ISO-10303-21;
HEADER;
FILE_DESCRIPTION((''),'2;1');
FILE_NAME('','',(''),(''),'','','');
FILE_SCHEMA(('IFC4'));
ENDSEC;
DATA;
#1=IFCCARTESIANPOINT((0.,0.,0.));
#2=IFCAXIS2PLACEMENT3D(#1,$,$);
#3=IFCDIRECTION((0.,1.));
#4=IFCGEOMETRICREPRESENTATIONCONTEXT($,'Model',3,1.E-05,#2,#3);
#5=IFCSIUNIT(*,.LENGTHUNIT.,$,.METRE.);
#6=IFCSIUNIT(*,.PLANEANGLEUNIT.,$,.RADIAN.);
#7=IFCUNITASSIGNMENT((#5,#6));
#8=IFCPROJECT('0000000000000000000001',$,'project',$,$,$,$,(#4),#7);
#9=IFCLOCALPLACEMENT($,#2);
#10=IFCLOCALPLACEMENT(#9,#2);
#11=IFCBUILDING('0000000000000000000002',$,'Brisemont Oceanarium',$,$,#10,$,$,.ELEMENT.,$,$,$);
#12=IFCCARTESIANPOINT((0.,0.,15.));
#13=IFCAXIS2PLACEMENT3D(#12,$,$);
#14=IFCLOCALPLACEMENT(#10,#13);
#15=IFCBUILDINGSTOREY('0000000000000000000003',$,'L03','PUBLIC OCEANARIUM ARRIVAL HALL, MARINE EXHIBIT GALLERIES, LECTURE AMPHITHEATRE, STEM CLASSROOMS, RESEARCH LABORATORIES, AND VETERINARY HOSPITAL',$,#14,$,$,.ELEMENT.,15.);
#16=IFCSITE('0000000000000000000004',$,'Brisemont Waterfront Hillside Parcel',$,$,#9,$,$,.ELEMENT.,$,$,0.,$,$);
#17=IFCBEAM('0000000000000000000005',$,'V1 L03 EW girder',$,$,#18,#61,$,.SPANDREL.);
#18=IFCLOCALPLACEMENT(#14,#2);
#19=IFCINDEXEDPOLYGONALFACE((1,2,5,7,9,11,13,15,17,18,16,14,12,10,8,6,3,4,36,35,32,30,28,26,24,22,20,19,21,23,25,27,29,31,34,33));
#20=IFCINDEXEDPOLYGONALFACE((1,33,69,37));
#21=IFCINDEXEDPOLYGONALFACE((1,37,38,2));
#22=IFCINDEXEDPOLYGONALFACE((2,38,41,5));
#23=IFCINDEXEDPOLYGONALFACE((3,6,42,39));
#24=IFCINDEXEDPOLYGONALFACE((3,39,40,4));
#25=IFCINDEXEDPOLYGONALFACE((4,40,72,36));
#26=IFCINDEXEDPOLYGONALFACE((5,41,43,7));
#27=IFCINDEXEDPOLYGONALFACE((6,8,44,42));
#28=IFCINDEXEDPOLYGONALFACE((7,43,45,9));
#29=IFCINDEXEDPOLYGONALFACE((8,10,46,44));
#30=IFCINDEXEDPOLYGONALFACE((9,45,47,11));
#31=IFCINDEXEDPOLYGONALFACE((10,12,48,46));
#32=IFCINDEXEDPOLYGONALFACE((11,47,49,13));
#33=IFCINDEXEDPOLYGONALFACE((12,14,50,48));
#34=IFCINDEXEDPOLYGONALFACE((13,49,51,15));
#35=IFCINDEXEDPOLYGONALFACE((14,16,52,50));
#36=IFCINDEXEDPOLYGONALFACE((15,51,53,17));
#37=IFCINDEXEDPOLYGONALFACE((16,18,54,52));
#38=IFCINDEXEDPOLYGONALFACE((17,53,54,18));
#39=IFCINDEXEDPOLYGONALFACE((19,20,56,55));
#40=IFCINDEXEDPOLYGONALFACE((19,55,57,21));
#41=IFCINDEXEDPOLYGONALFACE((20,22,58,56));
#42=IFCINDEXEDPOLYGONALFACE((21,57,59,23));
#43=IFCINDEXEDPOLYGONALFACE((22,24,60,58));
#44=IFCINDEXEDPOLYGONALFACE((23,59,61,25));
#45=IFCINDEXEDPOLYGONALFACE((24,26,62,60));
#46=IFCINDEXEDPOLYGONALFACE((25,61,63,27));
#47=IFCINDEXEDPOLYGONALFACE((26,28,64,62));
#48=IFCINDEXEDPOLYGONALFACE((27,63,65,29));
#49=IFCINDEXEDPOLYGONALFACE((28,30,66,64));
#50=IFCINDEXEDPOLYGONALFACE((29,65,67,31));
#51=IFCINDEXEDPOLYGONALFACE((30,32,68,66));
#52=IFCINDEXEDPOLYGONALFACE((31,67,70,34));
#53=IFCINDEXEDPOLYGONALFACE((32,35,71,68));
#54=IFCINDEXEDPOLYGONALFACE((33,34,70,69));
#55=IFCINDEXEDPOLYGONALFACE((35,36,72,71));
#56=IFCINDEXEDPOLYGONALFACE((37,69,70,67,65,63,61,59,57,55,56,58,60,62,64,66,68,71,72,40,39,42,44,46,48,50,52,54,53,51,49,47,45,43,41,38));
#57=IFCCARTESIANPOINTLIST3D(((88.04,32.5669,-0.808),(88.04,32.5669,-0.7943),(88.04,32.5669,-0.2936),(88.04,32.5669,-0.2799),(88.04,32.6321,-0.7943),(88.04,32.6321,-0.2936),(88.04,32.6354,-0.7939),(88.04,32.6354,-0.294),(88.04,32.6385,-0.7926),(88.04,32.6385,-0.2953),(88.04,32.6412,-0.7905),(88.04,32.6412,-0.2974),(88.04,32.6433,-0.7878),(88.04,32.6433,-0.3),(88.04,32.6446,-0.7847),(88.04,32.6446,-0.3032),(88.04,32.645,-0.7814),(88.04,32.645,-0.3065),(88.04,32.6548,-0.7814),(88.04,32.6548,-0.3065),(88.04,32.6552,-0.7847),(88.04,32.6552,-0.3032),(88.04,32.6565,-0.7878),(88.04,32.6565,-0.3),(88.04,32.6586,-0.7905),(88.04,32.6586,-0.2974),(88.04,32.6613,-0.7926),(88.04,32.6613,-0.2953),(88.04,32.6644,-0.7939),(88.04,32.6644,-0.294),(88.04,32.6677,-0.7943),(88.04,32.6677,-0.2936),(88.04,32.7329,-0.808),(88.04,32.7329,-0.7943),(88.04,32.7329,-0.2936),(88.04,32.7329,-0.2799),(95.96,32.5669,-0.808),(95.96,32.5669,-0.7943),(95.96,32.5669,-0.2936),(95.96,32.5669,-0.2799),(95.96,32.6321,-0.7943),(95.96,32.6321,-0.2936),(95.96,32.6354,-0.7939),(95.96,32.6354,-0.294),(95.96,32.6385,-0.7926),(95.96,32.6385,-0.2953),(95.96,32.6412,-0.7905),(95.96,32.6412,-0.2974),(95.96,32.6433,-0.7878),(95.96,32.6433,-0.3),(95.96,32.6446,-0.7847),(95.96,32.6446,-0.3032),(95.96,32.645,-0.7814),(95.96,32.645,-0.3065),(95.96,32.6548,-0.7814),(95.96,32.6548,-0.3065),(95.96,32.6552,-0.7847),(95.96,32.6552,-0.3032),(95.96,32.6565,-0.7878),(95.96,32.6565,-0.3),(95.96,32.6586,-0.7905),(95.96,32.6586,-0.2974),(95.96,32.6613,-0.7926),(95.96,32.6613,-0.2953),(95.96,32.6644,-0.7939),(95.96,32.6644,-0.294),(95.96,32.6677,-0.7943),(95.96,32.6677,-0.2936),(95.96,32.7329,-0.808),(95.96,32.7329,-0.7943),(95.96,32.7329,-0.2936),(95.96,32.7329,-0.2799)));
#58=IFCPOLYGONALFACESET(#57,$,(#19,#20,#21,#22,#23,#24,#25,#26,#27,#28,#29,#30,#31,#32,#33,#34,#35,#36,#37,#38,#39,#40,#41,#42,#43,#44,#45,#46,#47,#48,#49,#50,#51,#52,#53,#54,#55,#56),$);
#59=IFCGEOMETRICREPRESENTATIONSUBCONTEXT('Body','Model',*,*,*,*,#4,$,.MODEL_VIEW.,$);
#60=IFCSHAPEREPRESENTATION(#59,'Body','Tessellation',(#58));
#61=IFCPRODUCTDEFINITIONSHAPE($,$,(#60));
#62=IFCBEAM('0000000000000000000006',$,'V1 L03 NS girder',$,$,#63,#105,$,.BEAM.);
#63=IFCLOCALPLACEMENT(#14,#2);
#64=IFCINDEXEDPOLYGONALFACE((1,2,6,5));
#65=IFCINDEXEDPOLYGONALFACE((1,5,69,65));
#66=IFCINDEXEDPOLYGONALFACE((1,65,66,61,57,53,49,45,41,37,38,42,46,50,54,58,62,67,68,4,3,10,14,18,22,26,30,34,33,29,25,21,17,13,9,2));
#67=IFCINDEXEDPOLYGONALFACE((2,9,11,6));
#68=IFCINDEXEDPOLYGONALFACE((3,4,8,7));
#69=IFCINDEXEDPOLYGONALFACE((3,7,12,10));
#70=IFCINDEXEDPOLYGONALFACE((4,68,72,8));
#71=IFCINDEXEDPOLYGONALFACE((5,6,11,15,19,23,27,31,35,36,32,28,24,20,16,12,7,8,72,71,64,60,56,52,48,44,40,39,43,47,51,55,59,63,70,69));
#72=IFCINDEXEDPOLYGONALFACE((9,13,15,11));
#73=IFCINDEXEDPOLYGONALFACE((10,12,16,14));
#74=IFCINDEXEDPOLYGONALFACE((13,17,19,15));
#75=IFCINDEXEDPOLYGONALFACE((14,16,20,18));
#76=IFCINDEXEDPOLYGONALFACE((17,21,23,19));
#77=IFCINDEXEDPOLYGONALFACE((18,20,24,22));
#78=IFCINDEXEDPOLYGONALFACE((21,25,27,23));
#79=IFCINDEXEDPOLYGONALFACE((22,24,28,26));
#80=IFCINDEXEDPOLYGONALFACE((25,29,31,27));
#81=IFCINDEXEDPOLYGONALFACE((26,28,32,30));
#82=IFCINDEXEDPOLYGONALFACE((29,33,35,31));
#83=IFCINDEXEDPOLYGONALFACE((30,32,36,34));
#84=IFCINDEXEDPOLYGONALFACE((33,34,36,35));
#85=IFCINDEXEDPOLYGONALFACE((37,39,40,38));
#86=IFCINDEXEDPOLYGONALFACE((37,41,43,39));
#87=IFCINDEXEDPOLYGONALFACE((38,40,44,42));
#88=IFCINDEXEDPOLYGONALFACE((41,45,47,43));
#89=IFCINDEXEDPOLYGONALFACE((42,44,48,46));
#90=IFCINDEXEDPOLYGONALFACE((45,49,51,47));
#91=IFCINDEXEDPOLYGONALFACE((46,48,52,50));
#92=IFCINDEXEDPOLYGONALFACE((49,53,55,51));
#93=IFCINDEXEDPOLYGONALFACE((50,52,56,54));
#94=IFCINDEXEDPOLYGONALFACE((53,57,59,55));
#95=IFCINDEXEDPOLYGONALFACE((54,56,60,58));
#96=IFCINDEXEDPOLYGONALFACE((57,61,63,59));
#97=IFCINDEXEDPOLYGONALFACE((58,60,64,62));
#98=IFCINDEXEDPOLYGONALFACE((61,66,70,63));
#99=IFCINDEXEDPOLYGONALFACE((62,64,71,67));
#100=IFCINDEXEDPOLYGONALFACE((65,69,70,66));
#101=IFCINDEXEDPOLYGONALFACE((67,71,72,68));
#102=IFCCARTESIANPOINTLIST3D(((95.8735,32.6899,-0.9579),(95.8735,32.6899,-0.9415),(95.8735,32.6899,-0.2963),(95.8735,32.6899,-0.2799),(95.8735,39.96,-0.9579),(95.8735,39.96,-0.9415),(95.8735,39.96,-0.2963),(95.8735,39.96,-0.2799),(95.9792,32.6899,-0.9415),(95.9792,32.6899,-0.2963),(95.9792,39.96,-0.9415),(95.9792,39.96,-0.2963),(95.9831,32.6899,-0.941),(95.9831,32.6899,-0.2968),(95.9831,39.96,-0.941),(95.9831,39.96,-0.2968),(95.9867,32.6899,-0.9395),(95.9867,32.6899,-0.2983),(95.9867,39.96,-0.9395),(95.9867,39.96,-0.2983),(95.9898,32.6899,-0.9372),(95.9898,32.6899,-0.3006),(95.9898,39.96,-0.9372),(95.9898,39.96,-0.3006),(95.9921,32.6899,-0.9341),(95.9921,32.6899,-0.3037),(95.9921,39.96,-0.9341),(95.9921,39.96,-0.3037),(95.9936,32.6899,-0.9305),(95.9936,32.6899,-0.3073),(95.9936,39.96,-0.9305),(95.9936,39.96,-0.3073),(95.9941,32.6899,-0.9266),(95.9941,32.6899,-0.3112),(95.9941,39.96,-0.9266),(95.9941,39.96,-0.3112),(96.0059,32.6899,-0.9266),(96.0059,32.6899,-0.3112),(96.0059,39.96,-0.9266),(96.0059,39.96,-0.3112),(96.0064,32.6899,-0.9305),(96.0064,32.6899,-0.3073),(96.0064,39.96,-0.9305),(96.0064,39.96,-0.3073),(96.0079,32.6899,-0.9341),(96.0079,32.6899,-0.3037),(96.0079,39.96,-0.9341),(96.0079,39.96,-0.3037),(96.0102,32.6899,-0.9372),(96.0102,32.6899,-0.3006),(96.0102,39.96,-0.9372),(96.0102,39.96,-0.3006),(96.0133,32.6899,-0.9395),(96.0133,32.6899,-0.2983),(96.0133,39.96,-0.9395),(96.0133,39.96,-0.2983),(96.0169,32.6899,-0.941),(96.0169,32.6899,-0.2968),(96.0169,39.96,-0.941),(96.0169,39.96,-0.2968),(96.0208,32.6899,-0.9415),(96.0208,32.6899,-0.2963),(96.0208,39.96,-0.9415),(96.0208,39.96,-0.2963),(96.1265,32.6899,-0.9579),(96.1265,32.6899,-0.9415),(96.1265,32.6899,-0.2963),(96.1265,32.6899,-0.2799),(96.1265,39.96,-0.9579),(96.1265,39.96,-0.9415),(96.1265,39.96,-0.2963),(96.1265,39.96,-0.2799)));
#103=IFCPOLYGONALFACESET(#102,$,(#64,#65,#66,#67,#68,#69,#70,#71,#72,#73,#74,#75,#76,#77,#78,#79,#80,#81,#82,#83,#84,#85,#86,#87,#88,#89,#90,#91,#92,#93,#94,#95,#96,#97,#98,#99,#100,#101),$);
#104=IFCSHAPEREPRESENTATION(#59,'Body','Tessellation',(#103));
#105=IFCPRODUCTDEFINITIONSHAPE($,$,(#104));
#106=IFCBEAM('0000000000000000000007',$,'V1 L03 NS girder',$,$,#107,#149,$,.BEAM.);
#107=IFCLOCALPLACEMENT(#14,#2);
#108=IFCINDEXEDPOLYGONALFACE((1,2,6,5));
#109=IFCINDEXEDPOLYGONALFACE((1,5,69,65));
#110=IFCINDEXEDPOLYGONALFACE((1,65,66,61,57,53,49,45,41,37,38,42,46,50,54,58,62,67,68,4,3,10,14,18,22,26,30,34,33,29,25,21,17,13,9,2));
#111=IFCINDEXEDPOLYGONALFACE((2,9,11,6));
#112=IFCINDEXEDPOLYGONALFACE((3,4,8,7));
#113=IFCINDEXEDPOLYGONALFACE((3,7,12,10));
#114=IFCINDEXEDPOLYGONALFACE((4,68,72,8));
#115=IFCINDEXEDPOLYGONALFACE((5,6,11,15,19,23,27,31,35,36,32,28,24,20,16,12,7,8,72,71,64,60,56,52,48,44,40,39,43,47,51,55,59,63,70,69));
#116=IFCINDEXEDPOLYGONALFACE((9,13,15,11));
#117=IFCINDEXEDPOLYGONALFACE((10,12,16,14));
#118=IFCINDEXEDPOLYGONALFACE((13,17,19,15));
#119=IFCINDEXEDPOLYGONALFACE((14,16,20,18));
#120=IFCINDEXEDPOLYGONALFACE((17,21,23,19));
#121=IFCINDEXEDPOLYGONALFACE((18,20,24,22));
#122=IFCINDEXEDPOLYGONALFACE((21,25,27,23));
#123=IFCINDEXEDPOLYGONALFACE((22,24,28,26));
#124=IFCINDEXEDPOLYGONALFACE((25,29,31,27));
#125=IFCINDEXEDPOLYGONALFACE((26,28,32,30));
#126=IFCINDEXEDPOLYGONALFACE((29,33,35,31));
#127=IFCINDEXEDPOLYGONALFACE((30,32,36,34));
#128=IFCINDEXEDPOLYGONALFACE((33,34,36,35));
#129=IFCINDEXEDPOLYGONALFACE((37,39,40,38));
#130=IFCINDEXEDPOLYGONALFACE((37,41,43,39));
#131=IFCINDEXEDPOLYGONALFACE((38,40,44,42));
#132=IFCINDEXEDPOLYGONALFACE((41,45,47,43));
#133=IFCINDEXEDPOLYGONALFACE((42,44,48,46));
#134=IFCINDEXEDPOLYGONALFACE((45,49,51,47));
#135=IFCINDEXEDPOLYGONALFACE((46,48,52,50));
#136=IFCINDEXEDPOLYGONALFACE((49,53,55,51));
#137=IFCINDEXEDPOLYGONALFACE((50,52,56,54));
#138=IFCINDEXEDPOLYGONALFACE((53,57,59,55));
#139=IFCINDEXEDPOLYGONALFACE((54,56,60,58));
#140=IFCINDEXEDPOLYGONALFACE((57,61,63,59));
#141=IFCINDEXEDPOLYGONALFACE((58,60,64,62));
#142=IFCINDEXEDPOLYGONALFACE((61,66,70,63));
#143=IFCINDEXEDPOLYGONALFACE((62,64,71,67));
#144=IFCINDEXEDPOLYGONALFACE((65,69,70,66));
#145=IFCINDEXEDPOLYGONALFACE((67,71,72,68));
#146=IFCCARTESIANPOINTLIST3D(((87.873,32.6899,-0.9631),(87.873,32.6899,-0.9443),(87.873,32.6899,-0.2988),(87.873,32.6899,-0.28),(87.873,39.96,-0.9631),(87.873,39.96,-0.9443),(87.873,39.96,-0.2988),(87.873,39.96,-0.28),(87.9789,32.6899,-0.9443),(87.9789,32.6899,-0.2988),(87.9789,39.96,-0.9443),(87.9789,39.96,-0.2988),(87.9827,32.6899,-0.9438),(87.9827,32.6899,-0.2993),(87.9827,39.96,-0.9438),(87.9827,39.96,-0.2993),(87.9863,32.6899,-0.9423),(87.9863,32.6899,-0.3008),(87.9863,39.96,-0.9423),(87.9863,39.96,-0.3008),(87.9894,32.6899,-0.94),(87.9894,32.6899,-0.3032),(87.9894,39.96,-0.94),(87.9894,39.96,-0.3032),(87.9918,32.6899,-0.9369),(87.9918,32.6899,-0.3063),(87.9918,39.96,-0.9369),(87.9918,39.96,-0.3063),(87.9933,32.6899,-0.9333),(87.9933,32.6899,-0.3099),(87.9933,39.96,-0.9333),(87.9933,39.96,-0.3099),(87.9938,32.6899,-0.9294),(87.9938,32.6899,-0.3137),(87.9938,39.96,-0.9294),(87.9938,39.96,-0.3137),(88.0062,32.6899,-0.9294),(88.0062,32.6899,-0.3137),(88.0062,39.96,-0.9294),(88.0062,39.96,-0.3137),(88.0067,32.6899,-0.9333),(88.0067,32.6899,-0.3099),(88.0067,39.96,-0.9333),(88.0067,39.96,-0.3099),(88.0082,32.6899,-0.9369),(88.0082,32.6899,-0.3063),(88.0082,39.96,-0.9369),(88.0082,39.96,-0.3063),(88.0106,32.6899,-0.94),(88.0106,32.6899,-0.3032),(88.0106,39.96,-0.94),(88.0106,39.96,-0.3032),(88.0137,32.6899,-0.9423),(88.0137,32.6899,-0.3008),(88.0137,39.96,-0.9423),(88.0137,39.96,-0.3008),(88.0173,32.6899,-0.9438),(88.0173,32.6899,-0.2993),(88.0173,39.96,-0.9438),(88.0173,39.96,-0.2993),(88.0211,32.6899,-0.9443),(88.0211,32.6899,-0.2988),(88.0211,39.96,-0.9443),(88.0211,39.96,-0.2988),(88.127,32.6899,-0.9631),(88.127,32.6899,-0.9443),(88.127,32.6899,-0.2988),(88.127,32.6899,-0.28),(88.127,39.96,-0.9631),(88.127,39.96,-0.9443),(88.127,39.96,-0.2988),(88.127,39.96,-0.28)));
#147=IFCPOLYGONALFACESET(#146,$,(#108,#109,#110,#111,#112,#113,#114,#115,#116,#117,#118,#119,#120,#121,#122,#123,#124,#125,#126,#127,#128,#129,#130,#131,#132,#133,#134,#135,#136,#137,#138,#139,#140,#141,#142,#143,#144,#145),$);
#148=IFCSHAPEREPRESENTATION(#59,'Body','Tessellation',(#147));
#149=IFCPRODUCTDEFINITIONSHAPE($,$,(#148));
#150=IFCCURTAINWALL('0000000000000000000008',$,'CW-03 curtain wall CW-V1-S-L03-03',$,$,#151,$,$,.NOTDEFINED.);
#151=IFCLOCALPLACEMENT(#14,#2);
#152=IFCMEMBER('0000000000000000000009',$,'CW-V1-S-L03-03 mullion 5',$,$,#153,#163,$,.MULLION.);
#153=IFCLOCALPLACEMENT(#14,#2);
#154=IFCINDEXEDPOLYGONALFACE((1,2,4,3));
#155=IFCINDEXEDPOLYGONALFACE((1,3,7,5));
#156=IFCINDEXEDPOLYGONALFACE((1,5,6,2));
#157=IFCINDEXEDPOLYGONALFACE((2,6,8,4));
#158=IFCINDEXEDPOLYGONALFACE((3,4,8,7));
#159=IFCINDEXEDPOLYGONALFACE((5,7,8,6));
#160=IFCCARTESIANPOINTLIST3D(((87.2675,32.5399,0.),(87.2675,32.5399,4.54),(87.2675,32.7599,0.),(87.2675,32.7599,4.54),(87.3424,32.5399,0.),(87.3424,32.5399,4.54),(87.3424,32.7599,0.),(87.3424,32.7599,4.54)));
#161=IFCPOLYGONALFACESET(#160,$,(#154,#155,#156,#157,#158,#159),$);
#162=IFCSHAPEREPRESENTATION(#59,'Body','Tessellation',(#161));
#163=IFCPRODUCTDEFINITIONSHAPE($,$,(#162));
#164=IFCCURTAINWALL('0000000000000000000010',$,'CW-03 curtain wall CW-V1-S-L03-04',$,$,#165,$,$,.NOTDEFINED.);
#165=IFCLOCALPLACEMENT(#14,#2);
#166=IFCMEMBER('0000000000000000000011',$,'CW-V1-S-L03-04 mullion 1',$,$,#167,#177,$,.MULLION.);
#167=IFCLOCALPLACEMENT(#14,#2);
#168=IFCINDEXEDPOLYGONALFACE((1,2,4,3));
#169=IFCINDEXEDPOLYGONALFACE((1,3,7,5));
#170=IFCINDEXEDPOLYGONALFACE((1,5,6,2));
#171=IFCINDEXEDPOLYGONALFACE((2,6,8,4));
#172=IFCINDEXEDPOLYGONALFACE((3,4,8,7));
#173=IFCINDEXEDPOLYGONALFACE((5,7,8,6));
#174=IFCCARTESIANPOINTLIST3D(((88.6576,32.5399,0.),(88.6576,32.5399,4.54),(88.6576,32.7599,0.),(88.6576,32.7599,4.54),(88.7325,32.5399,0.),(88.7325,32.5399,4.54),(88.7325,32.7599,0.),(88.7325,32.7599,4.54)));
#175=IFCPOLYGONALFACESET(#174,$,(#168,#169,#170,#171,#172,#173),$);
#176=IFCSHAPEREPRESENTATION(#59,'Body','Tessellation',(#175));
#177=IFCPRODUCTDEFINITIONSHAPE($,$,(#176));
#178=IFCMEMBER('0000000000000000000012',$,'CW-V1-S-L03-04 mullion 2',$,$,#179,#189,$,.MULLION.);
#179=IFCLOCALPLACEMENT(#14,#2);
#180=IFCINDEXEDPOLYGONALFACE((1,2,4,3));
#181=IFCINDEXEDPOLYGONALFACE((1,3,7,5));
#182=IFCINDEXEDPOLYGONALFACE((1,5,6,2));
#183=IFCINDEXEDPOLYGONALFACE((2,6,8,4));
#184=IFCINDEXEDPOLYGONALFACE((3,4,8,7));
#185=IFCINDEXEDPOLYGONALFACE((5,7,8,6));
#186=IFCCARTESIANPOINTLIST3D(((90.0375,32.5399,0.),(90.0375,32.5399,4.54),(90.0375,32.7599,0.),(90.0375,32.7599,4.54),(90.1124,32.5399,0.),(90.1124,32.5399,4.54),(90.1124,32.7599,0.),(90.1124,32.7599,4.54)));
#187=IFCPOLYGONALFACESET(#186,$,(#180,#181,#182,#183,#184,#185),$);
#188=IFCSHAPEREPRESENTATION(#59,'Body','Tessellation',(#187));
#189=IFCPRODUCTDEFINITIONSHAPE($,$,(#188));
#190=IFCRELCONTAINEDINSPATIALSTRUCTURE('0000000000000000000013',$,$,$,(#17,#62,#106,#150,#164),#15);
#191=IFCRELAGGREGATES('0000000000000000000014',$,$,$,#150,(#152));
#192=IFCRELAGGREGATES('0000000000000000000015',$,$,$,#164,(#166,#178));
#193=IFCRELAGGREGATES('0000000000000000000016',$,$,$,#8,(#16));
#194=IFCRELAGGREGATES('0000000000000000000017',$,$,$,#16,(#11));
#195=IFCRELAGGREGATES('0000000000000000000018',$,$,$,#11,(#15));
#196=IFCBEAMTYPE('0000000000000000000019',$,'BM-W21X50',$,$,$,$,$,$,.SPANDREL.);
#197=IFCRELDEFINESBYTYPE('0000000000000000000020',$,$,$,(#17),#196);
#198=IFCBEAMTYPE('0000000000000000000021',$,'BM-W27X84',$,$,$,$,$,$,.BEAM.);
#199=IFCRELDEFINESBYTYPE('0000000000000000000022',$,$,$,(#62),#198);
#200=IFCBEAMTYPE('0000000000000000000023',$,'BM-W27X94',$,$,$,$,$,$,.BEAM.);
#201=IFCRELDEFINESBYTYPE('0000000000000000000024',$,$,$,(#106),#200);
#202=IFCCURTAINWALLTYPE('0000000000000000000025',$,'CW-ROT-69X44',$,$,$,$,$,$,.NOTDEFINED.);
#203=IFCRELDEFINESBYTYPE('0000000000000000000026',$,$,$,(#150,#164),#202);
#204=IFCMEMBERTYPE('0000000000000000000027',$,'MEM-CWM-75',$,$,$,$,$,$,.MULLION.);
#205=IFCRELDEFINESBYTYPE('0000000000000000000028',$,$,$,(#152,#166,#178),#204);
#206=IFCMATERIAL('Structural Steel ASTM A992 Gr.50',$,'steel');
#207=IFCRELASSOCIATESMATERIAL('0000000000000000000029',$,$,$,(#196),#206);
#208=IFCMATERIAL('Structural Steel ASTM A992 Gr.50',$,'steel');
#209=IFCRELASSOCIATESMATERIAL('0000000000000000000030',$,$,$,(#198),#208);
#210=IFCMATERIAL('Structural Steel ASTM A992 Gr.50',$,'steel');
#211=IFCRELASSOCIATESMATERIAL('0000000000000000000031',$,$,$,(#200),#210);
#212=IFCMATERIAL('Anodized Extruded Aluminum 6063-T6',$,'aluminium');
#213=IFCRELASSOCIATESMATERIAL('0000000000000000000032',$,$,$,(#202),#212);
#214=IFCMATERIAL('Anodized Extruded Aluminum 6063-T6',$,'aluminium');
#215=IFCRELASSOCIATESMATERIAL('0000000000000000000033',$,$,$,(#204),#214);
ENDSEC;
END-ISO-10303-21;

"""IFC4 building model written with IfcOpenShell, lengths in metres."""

from ifc_helpers import new_model, si_unit, direction, frame, origin, origin_2d, place, context, subcontext, project, spatial, rectangle, i_section, extrude, material, material_profile, profile_set, type_object, element, aggregate, save


model = new_model("IFC4")

# Units and contexts
model_context = context("Model", 3, precision=1e-05, world=origin(), true_north=direction((0.0, 1.0)))
body_context = subcontext(model_context, "Body", "Model", "MODEL_VIEW")
ifc_project = project(units=[si_unit("LENGTHUNIT", "METRE"), si_unit("PLANEANGLEUNIT", "RADIAN")], contexts=[model_context])

# Site, building, storey
site_placement = place(None, origin())
site = spatial("IfcSite", under=ifc_project, at=site_placement, Name="Brisemont Waterfront Hillside Parcel", CompositionType="ELEMENT", RefElevation=0.0)
building_placement = place(site_placement, origin())
building = spatial("IfcBuilding", under=site, at=building_placement, Name="Brisemont Oceanarium", CompositionType="ELEMENT")
storey_placement = place(building_placement, frame((0.0, 0.0, 15.0)))
storey = spatial("IfcBuildingStorey", under=building, at=storey_placement, Name="L03", Description="PUBLIC OCEANARIUM ARRIVAL HALL, MARINE EXHIBIT GALLERIES, LECTURE AMPHITHEATRE, STEM CLASSROOMS, RESEARCH LABORATORIES, AND VETERINARY HOSPITAL", CompositionType="ELEMENT", Elevation=15.0)

# Beams
ifc_material_1 = material(Name="Structural Steel ASTM A992 Gr.50", Category="steel")
ifc_material_profile_1 = material_profile(ifc_material_1, i_section(OverallWidth=0.166, OverallDepth=0.5281, WebThickness=0.0098, FlangeThickness=0.0137, FilletRadius=0.0129, at=origin_2d()), Name="W21X50")
ifc_profile_set_1 = profile_set([ifc_material_profile_1], Name="Structural Steel ASTM A992 Gr.50")
beam_type_1 = type_object("IfcBeamType", Name="BM-W21X50", PredefinedType="SPANDREL", material=ifc_profile_set_1)
beam_1_placement = place(storey_placement, frame((88.04, 32.6499, -0.5439), z_axis=(1.0, 0.0, 0.0), x_axis=(0.0, 1.0, 0.0)))
element("IfcBeam", 1, at=beam_1_placement, inside=storey, type_object=beam_type_1, Name="V1 L03 EW girder", PredefinedType="SPANDREL", context=body_context, shape_type="SweptSolid", body=[
    extrude(i_section(OverallWidth=0.166, OverallDepth=0.5281, WebThickness=0.0098, FlangeThickness=0.0137, FilletRadius=0.0129, at=origin_2d()), origin(), (0.0, 0.0, 1.0), 7.9199),
])
ifc_material_2 = material(Name="Structural Steel ASTM A992 Gr.50", Category="steel")
ifc_material_profile_2 = material_profile(ifc_material_2, i_section(OverallWidth=0.2529, OverallDepth=0.678, WebThickness=0.0117, FlangeThickness=0.0164, FilletRadius=0.0149, at=origin_2d()), Name="W27X84")
ifc_profile_set_2 = profile_set([ifc_material_profile_2], Name="Structural Steel ASTM A992 Gr.50")
beam_type_2 = type_object("IfcBeamType", Name="BM-W27X84", PredefinedType="BEAM", material=ifc_profile_set_2)
beam_2_placement = place(storey_placement, frame((96.0, 32.6899, -0.6189), z_axis=(0.0, 1.0, 0.0), x_axis=(-1.0, 0.0, 0.0)))
element("IfcBeam", 2, at=beam_2_placement, inside=storey, type_object=beam_type_2, Name="V1 L03 NS girder", PredefinedType="BEAM", context=body_context, shape_type="SweptSolid", body=[
    extrude(i_section(OverallWidth=0.2529, OverallDepth=0.678, WebThickness=0.0117, FlangeThickness=0.0164, FilletRadius=0.0149, at=origin_2d()), origin(), (0.0, 0.0, 1.0), 7.27),
])
ifc_material_3 = material(Name="Structural Steel ASTM A992 Gr.50", Category="steel")
ifc_material_profile_3 = material_profile(ifc_material_3, i_section(OverallWidth=0.2539, OverallDepth=0.6831, WebThickness=0.0125, FlangeThickness=0.0188, FilletRadius=0.0149, at=origin_2d()), Name="W27X94")
ifc_profile_set_3 = profile_set([ifc_material_profile_3], Name="Structural Steel ASTM A992 Gr.50")
beam_type_3 = type_object("IfcBeamType", Name="BM-W27X94", PredefinedType="BEAM", material=ifc_profile_set_3)
beam_3_placement = place(storey_placement, frame((88.0, 32.6899, -0.6216), z_axis=(0.0, 1.0, 0.0), x_axis=(-1.0, 0.0, 0.0)))
element("IfcBeam", 3, at=beam_3_placement, inside=storey, type_object=beam_type_3, Name="V1 L03 NS girder", PredefinedType="BEAM", context=body_context, shape_type="SweptSolid", body=[
    extrude(i_section(OverallWidth=0.2539, OverallDepth=0.6831, WebThickness=0.0125, FlangeThickness=0.0188, FilletRadius=0.0149, at=origin_2d()), origin(), (0.0, 0.0, 1.0), 7.27),
])

# Curtain wall, member
ifc_material_4 = material(Name="Anodized Extruded Aluminum 6063-T6", Category="aluminium")
curtain_wall_type = type_object("IfcCurtainWallType", Name="CW-ROT-69X44", PredefinedType="NOTDEFINED", material=ifc_material_4)
curtain_wall_1_placement = place(storey_placement, origin())
curtain_wall_1 = element("IfcCurtainWall", 4, at=curtain_wall_1_placement, inside=storey, type_object=curtain_wall_type, Name="CW-03 curtain wall CW-V1-S-L03-03", PredefinedType="NOTDEFINED")
ifc_material_5 = material(Name="Anodized Extruded Aluminum 6063-T6", Category="aluminium")
ifc_material_profile_4 = material_profile(ifc_material_5, rectangle(XDim=0.075, YDim=0.22, at=origin_2d()), Name="CWM-75X220")
ifc_profile_set_4 = profile_set([ifc_material_profile_4], Name="Anodized Extruded Aluminum 6063-T6")
member_type_1 = type_object("IfcMemberType", Name="MEM-CWM-75", PredefinedType="MULLION", material=ifc_profile_set_4)
member_1_placement = place(storey_placement, frame((87.3049, 32.6499, 0.0), z_axis=(0.0, 0.0, 1.0), x_axis=(1.0, 0.0, 0.0)))
member_1 = element("IfcMember", 5, at=member_1_placement, type_object=member_type_1, Name="CW-V1-S-L03-03 mullion 5", PredefinedType="MULLION", context=body_context, shape_type="SweptSolid", body=[
    extrude(rectangle(XDim=0.075, YDim=0.22, at=origin_2d()), origin(), (0.0, 0.0, 1.0), 4.54),
])

# Curtain wall, members
curtain_wall_2_placement = place(storey_placement, origin())
curtain_wall_2 = element("IfcCurtainWall", 6, at=curtain_wall_2_placement, inside=storey, type_object=curtain_wall_type, Name="CW-03 curtain wall CW-V1-S-L03-04", PredefinedType="NOTDEFINED")
member_2_placement = place(storey_placement, frame((88.6951, 32.6499, 0.0), z_axis=(0.0, 0.0, 1.0), x_axis=(1.0, 0.0, 0.0)))
member_2 = element("IfcMember", 7, at=member_2_placement, type_object=member_type_1, Name="CW-V1-S-L03-04 mullion 1", PredefinedType="MULLION", context=body_context, shape_type="SweptSolid", body=[
    extrude(rectangle(XDim=0.075, YDim=0.22, at=origin_2d()), origin(), (0.0, 0.0, 1.0), 4.54),
])
member_3_placement = place(storey_placement, frame((90.075, 32.6499, 0.0), z_axis=(0.0, 0.0, 1.0), x_axis=(1.0, 0.0, 0.0)))
member_3 = element("IfcMember", 8, at=member_3_placement, type_object=member_type_1, Name="CW-V1-S-L03-04 mullion 2", PredefinedType="MULLION", context=body_context, shape_type="SweptSolid", body=[
    extrude(rectangle(XDim=0.075, YDim=0.22, at=origin_2d()), origin(), (0.0, 0.0, 1.0), 4.54),
])

aggregate(curtain_wall_1, [member_1])
aggregate(curtain_wall_2, [member_2, member_3])

save(model, "model.ifc")
